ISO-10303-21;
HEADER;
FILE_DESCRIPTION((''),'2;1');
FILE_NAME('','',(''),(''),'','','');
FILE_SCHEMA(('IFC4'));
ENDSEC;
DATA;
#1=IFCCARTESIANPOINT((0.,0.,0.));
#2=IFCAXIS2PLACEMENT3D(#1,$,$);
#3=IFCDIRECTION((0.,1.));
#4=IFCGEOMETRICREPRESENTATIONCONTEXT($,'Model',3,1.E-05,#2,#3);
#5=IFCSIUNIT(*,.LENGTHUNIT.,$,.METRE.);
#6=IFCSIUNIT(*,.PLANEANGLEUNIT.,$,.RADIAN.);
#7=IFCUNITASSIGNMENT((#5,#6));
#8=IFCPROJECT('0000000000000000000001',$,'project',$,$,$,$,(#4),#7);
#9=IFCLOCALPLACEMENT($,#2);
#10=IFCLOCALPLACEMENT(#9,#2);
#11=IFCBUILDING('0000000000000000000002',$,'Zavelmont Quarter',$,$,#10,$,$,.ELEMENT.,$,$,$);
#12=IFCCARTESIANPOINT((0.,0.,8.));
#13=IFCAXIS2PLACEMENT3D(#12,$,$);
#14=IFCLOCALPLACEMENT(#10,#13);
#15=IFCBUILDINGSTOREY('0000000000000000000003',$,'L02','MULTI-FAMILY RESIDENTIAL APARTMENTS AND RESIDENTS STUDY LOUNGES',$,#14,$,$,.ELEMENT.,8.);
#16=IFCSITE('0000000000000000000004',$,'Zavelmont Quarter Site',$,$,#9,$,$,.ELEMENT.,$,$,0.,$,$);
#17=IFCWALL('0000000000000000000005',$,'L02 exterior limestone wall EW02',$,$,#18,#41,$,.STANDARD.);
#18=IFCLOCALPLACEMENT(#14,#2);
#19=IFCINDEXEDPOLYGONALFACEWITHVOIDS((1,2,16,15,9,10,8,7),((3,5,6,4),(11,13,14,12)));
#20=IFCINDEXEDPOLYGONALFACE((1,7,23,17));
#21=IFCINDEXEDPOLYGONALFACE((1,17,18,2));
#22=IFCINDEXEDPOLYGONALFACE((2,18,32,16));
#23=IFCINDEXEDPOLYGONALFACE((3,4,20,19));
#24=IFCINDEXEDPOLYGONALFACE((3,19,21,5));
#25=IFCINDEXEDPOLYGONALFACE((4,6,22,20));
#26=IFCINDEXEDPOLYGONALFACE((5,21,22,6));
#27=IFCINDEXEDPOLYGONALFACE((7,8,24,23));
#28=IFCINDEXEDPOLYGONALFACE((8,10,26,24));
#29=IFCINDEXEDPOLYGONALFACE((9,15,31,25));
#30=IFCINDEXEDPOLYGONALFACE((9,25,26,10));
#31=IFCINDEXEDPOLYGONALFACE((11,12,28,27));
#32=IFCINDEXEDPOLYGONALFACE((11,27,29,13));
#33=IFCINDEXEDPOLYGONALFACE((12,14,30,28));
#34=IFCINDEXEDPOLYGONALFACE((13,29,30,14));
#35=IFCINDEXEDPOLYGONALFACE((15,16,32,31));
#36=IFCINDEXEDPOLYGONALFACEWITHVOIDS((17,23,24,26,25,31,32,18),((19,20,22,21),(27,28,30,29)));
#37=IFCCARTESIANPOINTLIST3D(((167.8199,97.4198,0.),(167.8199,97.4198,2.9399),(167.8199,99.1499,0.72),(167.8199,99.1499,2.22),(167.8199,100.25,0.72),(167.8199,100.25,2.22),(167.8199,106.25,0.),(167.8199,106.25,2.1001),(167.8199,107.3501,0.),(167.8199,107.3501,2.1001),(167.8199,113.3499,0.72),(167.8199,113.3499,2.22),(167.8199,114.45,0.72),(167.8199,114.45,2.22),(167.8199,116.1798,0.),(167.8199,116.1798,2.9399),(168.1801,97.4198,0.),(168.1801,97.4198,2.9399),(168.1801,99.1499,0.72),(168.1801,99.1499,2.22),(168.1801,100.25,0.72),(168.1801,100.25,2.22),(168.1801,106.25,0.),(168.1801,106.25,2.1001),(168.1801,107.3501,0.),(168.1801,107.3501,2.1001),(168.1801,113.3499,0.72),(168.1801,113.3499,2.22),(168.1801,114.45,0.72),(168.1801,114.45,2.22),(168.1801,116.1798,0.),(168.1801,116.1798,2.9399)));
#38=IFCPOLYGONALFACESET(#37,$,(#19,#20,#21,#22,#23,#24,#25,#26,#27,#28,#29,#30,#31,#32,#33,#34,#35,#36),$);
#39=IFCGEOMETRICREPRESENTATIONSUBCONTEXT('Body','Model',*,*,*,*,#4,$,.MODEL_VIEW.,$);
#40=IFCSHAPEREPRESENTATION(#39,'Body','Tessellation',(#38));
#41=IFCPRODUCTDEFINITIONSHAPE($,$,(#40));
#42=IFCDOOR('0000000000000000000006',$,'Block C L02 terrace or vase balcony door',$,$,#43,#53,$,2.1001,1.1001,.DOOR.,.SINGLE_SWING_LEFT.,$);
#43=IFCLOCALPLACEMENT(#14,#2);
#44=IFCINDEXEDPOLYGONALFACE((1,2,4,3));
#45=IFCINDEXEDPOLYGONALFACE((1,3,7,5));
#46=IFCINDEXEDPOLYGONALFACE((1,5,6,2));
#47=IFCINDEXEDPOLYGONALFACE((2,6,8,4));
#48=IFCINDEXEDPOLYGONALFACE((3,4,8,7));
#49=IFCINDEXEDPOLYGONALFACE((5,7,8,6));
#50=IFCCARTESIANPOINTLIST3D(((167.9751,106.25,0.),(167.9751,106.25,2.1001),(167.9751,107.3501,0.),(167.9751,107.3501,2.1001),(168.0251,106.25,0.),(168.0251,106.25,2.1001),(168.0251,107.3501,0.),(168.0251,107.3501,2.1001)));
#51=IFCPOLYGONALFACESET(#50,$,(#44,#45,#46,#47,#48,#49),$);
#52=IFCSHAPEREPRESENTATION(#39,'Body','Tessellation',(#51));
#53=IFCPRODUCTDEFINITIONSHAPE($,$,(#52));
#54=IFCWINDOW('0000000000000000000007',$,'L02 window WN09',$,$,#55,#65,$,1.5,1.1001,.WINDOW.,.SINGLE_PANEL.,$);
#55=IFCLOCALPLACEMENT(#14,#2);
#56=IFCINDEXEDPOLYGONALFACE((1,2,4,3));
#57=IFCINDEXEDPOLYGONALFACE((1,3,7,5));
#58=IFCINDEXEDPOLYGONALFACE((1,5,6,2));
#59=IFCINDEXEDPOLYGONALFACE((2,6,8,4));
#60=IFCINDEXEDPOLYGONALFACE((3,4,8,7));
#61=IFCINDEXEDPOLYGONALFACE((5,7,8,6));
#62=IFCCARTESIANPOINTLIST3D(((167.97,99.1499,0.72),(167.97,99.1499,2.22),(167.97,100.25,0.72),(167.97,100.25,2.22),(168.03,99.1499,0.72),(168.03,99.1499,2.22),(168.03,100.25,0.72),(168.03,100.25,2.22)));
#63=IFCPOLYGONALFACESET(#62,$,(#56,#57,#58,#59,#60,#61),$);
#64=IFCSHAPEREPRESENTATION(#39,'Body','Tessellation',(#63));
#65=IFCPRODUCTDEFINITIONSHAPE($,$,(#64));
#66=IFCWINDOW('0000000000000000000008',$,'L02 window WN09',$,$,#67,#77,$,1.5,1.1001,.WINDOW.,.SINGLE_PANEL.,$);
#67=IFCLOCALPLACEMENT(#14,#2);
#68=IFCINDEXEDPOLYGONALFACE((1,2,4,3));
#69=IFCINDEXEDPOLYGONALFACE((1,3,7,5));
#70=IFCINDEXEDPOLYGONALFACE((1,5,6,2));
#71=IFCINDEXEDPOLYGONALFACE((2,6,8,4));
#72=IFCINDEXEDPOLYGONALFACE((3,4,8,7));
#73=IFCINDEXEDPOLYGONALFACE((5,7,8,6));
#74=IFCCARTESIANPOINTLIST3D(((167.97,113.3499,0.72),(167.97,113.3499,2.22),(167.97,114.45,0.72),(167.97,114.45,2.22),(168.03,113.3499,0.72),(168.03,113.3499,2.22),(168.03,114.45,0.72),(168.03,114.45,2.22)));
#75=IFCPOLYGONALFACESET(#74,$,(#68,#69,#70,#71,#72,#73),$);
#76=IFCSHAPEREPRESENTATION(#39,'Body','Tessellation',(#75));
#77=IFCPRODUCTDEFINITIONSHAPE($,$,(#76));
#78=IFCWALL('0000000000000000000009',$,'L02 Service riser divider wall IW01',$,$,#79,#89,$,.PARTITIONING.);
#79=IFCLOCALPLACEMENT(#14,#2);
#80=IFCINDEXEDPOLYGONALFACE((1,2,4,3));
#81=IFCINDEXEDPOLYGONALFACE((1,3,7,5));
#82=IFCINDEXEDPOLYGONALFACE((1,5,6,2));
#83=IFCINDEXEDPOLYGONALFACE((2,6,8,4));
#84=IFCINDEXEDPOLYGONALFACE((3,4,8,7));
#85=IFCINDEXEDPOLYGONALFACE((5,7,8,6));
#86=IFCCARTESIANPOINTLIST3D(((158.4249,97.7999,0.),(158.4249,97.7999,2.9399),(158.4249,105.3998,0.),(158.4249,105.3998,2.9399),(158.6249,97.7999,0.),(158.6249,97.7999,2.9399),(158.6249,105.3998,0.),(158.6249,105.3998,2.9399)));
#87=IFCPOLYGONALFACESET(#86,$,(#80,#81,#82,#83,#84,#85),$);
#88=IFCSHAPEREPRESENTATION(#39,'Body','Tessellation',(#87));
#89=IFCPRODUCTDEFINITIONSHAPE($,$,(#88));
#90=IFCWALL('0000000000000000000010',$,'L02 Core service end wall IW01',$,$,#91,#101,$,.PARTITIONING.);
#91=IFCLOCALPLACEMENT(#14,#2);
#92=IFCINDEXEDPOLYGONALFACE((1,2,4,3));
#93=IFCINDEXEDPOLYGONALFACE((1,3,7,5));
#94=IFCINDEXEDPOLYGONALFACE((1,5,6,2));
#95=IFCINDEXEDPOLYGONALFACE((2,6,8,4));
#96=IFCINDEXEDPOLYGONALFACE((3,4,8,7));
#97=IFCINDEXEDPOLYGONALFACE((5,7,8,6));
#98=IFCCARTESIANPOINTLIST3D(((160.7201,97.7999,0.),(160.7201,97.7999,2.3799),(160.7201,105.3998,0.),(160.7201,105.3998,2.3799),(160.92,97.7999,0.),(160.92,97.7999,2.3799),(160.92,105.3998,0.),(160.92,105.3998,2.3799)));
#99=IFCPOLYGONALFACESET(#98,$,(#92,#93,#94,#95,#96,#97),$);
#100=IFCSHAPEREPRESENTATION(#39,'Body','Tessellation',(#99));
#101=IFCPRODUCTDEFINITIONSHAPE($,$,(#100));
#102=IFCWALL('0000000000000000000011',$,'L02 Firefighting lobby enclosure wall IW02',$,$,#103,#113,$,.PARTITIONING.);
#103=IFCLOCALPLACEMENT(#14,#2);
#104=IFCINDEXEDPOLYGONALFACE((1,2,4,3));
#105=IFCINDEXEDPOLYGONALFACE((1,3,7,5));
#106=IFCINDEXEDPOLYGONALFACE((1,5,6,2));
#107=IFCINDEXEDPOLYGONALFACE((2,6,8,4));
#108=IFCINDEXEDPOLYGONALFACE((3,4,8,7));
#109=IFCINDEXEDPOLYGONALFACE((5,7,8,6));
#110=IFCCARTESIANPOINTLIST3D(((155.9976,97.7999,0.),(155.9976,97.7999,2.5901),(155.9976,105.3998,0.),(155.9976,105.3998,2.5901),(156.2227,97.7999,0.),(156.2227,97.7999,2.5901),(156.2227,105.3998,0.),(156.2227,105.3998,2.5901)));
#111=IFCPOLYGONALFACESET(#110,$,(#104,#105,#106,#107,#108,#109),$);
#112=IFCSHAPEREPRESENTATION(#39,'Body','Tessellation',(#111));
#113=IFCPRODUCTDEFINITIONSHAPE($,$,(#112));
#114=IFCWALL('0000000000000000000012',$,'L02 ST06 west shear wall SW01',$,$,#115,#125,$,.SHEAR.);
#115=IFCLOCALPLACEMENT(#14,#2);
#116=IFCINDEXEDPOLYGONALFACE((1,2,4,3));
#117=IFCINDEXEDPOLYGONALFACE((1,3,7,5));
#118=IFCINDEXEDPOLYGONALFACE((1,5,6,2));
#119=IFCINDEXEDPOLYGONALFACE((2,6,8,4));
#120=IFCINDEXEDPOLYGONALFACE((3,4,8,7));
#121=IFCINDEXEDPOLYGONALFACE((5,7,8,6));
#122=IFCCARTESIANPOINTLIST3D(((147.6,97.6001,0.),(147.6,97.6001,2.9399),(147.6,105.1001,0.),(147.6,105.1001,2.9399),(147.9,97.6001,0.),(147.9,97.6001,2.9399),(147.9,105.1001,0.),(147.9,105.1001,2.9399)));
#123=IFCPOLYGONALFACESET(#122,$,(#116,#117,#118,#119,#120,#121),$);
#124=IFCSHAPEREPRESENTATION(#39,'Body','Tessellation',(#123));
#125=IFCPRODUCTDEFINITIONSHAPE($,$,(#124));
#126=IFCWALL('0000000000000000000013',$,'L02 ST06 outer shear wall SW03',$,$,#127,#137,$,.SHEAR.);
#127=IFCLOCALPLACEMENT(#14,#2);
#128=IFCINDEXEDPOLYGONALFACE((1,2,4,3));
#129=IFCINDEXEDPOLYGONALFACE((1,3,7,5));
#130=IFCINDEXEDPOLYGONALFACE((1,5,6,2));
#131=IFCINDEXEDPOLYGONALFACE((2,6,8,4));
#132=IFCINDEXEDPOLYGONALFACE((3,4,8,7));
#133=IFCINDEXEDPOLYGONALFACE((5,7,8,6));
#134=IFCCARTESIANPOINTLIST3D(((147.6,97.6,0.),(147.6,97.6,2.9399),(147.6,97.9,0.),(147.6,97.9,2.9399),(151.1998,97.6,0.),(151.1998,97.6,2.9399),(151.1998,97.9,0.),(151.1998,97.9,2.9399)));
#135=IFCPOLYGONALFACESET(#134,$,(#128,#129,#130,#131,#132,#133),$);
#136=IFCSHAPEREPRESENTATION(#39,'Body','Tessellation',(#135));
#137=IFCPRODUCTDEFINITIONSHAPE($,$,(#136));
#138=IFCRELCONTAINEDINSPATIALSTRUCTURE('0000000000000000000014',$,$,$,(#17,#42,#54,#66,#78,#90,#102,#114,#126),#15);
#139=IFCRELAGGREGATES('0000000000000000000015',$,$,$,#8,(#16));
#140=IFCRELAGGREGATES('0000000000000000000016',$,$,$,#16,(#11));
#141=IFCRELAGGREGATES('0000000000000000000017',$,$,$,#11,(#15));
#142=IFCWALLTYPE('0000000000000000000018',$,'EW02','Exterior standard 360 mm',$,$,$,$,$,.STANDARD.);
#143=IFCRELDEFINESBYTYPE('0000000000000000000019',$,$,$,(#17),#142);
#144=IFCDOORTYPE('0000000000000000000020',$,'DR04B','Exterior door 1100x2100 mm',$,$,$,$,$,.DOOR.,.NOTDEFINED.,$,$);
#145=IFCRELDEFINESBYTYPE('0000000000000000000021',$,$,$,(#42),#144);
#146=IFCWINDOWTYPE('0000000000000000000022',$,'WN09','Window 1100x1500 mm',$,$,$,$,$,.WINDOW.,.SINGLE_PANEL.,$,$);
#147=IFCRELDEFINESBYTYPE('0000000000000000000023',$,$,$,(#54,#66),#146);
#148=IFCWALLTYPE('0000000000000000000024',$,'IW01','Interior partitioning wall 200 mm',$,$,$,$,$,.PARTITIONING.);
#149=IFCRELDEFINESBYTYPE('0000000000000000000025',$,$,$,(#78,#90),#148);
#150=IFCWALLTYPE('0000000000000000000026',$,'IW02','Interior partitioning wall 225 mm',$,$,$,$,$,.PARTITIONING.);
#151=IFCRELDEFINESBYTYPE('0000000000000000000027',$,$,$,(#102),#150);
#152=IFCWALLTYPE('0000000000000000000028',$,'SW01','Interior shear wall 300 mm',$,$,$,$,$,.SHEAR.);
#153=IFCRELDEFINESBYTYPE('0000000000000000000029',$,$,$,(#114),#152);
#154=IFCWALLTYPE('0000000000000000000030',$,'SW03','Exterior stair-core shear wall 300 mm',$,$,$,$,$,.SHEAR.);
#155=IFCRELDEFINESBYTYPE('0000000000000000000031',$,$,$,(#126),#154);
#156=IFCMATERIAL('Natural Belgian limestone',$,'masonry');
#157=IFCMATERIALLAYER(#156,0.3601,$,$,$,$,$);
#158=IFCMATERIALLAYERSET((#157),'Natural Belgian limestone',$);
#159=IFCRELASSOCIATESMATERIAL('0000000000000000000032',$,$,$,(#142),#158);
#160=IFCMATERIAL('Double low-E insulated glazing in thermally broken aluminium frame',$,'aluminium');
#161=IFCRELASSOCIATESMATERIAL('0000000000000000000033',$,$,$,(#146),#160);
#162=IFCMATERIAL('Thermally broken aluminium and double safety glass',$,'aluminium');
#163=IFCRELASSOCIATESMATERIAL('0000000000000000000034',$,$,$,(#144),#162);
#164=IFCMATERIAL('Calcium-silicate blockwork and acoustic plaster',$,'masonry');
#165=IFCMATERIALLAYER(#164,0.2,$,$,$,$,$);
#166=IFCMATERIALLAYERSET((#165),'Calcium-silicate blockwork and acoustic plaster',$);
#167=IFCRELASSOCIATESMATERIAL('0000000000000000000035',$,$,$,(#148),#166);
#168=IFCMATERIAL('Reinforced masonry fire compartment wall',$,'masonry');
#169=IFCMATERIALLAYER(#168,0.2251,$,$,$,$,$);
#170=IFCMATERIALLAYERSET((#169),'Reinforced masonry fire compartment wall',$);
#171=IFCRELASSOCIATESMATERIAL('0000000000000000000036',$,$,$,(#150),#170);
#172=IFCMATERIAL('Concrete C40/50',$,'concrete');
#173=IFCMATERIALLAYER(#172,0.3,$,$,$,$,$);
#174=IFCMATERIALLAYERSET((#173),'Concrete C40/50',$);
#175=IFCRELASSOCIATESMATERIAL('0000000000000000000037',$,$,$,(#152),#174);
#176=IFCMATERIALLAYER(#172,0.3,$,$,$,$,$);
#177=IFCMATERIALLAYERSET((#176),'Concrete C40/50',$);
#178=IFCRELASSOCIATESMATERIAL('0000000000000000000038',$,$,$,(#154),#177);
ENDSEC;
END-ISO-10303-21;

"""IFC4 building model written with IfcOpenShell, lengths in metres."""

from ifc_helpers import new_model, si_unit, direction, frame, frame_2d, origin, origin_with_axes, place, context, subcontext, project, spatial, rectangle, extrude, material, layer, layer_set, type_object, element, fill, save


model = new_model("IFC4")

# Units and contexts
model_context = context("Model", 3, precision=1e-05, world=origin(), true_north=direction((0.0, 1.0)))
body_context = subcontext(model_context, "Body", "Model", "MODEL_VIEW")
ifc_project = project(units=[si_unit("LENGTHUNIT", "METRE"), si_unit("PLANEANGLEUNIT", "RADIAN")], contexts=[model_context])

# Site, building, storey
site_placement = place(None, origin())
site = spatial("IfcSite", under=ifc_project, at=site_placement, Name="Zavelmont Quarter Site", CompositionType="ELEMENT", RefElevation=0.0)
building_placement = place(site_placement, origin())
building = spatial("IfcBuilding", under=site, at=building_placement, Name="Zavelmont Quarter", CompositionType="ELEMENT")
storey_placement = place(building_placement, frame((0.0, 0.0, 8.0)))
storey = spatial("IfcBuildingStorey", under=building, at=storey_placement, Name="L02", Description="MULTI-FAMILY RESIDENTIAL APARTMENTS AND RESIDENTS STUDY LOUNGES", CompositionType="ELEMENT", Elevation=8.0)

# Shared definitions
ifc_material_1 = material(Name="Concrete C40/50", Category="concrete")

# Shared definitions
ifc_material_2 = material(Name="Natural Belgian limestone", Category="masonry")
ifc_layer_1 = layer(ifc_material_2, 0.3601)
ifc_layer_set_1 = layer_set([ifc_layer_1], Name="Natural Belgian limestone")
wall_type_1 = type_object("IfcWallType", Name="EW02", Description="Exterior standard 360 mm", PredefinedType="STANDARD", material=ifc_layer_set_1)
ifc_material_3 = material(Name="Double low-E insulated glazing in thermally broken aluminium frame", Category="aluminium")
window_type_1 = type_object("IfcWindowType", Name="WN09", Description="Window 1100x1500 mm", PartitioningType="SINGLE_PANEL", PredefinedType="WINDOW", material=ifc_material_3)

# Wall, openings, door, windows
wall_1_placement = place(storey_placement, frame((168.0, 97.4199, 0.0), z_axis=(0.0, 0.0, 1.0), x_axis=(0.0, 1.0, 0.0)))
wall_1 = element("IfcWall", 1, at=wall_1_placement, inside=storey, type_object=wall_type_1, Name="L02 exterior limestone wall EW02", PredefinedType="STANDARD", context=body_context, shape_type="SweptSolid", body=[
    extrude(rectangle(XDim=18.76, YDim=0.3601, at=frame_2d((9.3799, 0.0))), origin(), (0.0, 0.0, 1.0), 2.9399),
])
opening_1_placement = place(wall_1_placement, frame((8.8301, 0.0, 0.0)))
opening_1 = element("IfcOpeningElement", 2, at=opening_1_placement, cuts=wall_1, PredefinedType="OPENING", context=body_context, shape_type="SweptSolid", body=[
    extrude(rectangle(XDim=1.1001, YDim=2.1001, at=frame_2d((0.55, 1.05))), frame((0.0, 0.1919, 0.0), z_axis=(0.0, -1.0, 0.0), x_axis=(1.0, 0.0, 0.0)), (0.0, 0.0, 1.0), 0.384),
])
opening_2_placement = place(wall_1_placement, frame((1.73, 0.0, 0.72)))
opening_2 = element("IfcOpeningElement", 3, at=opening_2_placement, cuts=wall_1, PredefinedType="OPENING", context=body_context, shape_type="SweptSolid", body=[
    extrude(rectangle(XDim=1.1001, YDim=1.5, at=frame_2d((0.55, 0.75))), frame((0.0, 0.1919, 0.0), z_axis=(0.0, -1.0, 0.0), x_axis=(1.0, 0.0, 0.0)), (0.0, 0.0, 1.0), 0.384),
])
opening_3_placement = place(wall_1_placement, frame((15.9299, 0.0, 0.72)))
opening_3 = element("IfcOpeningElement", 4, at=opening_3_placement, cuts=wall_1, PredefinedType="OPENING", context=body_context, shape_type="SweptSolid", body=[
    extrude(rectangle(XDim=1.1001, YDim=1.5, at=frame_2d((0.55, 0.75))), frame((0.0, 0.1919, 0.0), z_axis=(0.0, -1.0, 0.0), x_axis=(1.0, 0.0, 0.0)), (0.0, 0.0, 1.0), 0.384),
])
ifc_material_4 = material(Name="Thermally broken aluminium and double safety glass", Category="aluminium")
door_type_1 = type_object("IfcDoorType", Name="DR04B", Description="Exterior door 1100x2100 mm", OperationType="NOTDEFINED", PredefinedType="DOOR", material=ifc_material_4)
door_1_placement = place(opening_1_placement, origin_with_axes())
door_1 = element("IfcDoor", 5, at=door_1_placement, inside=storey, type_object=door_type_1, Name="Block C L02 terrace or vase balcony door", OperationType="SINGLE_SWING_LEFT", OverallHeight=2.1001, OverallWidth=1.1001, PredefinedType="DOOR", context=body_context, shape_type="SweptSolid", body=[
    extrude(rectangle(XDim=1.1001, YDim=2.1001, at=frame_2d((0.55, 1.05))), frame((0.0, 0.0249, 0.0), z_axis=(0.0, -1.0, 0.0), x_axis=(1.0, 0.0, 0.0)), (0.0, 0.0, 1.0), 0.05),
])
fill(opening_1, door_1)
window_1_placement = place(opening_2_placement, origin_with_axes())
window_1 = element("IfcWindow", 6, at=window_1_placement, inside=storey, type_object=window_type_1, Name="L02 window WN09", OverallHeight=1.5, OverallWidth=1.1001, PartitioningType="SINGLE_PANEL", PredefinedType="WINDOW", context=body_context, shape_type="SweptSolid", body=[
    extrude(rectangle(XDim=1.1001, YDim=1.5, at=frame_2d((0.55, 0.75))), frame((0.0, 0.03, 0.0), z_axis=(0.0, -1.0, 0.0), x_axis=(1.0, 0.0, 0.0)), (0.0, 0.0, 1.0), 0.0601),
])
fill(opening_2, window_1)
window_2_placement = place(opening_3_placement, origin_with_axes())
window_2 = element("IfcWindow", 7, at=window_2_placement, inside=storey, type_object=window_type_1, Name="L02 window WN09", OverallHeight=1.5, OverallWidth=1.1001, PartitioningType="SINGLE_PANEL", PredefinedType="WINDOW", context=body_context, shape_type="SweptSolid", body=[
    extrude(rectangle(XDim=1.1001, YDim=1.5, at=frame_2d((0.55, 0.75))), frame((0.0, 0.03, 0.0), z_axis=(0.0, -1.0, 0.0), x_axis=(1.0, 0.0, 0.0)), (0.0, 0.0, 1.0), 0.0601),
])
fill(opening_3, window_2)

# Walls
ifc_material_5 = material(Name="Calcium-silicate blockwork and acoustic plaster", Category="masonry")
ifc_layer_2 = layer(ifc_material_5, 0.2)
ifc_layer_set_2 = layer_set([ifc_layer_2], Name="Calcium-silicate blockwork and acoustic plaster")
wall_type_2 = type_object("IfcWallType", Name="IW01", Description="Interior partitioning wall 200 mm", PredefinedType="PARTITIONING", material=ifc_layer_set_2)
wall_2_placement = place(storey_placement, frame((158.5249, 97.8, 0.0), z_axis=(0.0, 0.0, 1.0), x_axis=(0.0, 1.0, 0.0)))
element("IfcWall", 8, at=wall_2_placement, inside=storey, type_object=wall_type_2, Name="L02 Service riser divider wall IW01", PredefinedType="PARTITIONING", context=body_context, shape_type="SweptSolid", body=[
    extrude(rectangle(XDim=7.5999, YDim=0.2, at=frame_2d((3.7998, 0.0))), origin(), (0.0, 0.0, 1.0), 2.9399),
])
wall_3_placement = place(storey_placement, frame((160.8201, 97.8, 0.0), z_axis=(0.0, 0.0, 1.0), x_axis=(0.0, 1.0, 0.0)))
element("IfcWall", 9, at=wall_3_placement, inside=storey, type_object=wall_type_2, Name="L02 Core service end wall IW01", PredefinedType="PARTITIONING", context=body_context, shape_type="SweptSolid", body=[
    extrude(rectangle(XDim=7.5999, YDim=0.2, at=frame_2d((3.7998, 0.0))), origin(), (0.0, 0.0, 1.0), 2.3799),
])
ifc_material_6 = material(Name="Reinforced masonry fire compartment wall", Category="masonry")
ifc_layer_3 = layer(ifc_material_6, 0.2251)
ifc_layer_set_3 = layer_set([ifc_layer_3], Name="Reinforced masonry fire compartment wall")
wall_type_3 = type_object("IfcWallType", Name="IW02", Description="Interior partitioning wall 225 mm", PredefinedType="PARTITIONING", material=ifc_layer_set_3)
wall_4_placement = place(storey_placement, frame((156.1101, 97.8, 0.0), z_axis=(0.0, 0.0, 1.0), x_axis=(0.0, 1.0, 0.0)))
element("IfcWall", 10, at=wall_4_placement, inside=storey, type_object=wall_type_3, Name="L02 Firefighting lobby enclosure wall IW02", PredefinedType="PARTITIONING", context=body_context, shape_type="SweptSolid", body=[
    extrude(rectangle(XDim=7.5999, YDim=0.2251, at=frame_2d((3.7998, 0.0))), origin(), (0.0, 0.0, 1.0), 2.5901),
])
ifc_layer_4 = layer(ifc_material_1, 0.3)
ifc_layer_set_4 = layer_set([ifc_layer_4], Name="Concrete C40/50")
wall_type_4 = type_object("IfcWallType", Name="SW01", Description="Interior shear wall 300 mm", PredefinedType="SHEAR", material=ifc_layer_set_4)
wall_5_placement = place(storey_placement, frame((147.75, 97.6001, 0.0), z_axis=(0.0, 0.0, 1.0), x_axis=(0.0, 1.0, 0.0)))
element("IfcWall", 11, at=wall_5_placement, inside=storey, type_object=wall_type_4, Name="L02 ST06 west shear wall SW01", PredefinedType="SHEAR", context=body_context, shape_type="SweptSolid", body=[
    extrude(rectangle(XDim=7.5, YDim=0.3, at=frame_2d((3.75, 0.0))), origin(), (0.0, 0.0, 1.0), 2.9399),
])

# Wall
ifc_layer_5 = layer(ifc_material_1, 0.3)
ifc_layer_set_5 = layer_set([ifc_layer_5], Name="Concrete C40/50")
wall_type_5 = type_object("IfcWallType", Name="SW03", Description="Exterior stair-core shear wall 300 mm", PredefinedType="SHEAR", material=ifc_layer_set_5)
wall_6_placement = place(storey_placement, frame((147.6001, 97.75, 0.0), z_axis=(0.0, 0.0, 1.0), x_axis=(1.0, 0.0, 0.0)))
element("IfcWall", 12, at=wall_6_placement, inside=storey, type_object=wall_type_5, Name="L02 ST06 outer shear wall SW03", PredefinedType="SHEAR", context=body_context, shape_type="SweptSolid", body=[
    extrude(rectangle(XDim=3.5999, YDim=0.3, at=frame_2d((1.7998, 0.0))), origin(), (0.0, 0.0, 1.0), 2.9399),
])

save(model, "model.ifc")
